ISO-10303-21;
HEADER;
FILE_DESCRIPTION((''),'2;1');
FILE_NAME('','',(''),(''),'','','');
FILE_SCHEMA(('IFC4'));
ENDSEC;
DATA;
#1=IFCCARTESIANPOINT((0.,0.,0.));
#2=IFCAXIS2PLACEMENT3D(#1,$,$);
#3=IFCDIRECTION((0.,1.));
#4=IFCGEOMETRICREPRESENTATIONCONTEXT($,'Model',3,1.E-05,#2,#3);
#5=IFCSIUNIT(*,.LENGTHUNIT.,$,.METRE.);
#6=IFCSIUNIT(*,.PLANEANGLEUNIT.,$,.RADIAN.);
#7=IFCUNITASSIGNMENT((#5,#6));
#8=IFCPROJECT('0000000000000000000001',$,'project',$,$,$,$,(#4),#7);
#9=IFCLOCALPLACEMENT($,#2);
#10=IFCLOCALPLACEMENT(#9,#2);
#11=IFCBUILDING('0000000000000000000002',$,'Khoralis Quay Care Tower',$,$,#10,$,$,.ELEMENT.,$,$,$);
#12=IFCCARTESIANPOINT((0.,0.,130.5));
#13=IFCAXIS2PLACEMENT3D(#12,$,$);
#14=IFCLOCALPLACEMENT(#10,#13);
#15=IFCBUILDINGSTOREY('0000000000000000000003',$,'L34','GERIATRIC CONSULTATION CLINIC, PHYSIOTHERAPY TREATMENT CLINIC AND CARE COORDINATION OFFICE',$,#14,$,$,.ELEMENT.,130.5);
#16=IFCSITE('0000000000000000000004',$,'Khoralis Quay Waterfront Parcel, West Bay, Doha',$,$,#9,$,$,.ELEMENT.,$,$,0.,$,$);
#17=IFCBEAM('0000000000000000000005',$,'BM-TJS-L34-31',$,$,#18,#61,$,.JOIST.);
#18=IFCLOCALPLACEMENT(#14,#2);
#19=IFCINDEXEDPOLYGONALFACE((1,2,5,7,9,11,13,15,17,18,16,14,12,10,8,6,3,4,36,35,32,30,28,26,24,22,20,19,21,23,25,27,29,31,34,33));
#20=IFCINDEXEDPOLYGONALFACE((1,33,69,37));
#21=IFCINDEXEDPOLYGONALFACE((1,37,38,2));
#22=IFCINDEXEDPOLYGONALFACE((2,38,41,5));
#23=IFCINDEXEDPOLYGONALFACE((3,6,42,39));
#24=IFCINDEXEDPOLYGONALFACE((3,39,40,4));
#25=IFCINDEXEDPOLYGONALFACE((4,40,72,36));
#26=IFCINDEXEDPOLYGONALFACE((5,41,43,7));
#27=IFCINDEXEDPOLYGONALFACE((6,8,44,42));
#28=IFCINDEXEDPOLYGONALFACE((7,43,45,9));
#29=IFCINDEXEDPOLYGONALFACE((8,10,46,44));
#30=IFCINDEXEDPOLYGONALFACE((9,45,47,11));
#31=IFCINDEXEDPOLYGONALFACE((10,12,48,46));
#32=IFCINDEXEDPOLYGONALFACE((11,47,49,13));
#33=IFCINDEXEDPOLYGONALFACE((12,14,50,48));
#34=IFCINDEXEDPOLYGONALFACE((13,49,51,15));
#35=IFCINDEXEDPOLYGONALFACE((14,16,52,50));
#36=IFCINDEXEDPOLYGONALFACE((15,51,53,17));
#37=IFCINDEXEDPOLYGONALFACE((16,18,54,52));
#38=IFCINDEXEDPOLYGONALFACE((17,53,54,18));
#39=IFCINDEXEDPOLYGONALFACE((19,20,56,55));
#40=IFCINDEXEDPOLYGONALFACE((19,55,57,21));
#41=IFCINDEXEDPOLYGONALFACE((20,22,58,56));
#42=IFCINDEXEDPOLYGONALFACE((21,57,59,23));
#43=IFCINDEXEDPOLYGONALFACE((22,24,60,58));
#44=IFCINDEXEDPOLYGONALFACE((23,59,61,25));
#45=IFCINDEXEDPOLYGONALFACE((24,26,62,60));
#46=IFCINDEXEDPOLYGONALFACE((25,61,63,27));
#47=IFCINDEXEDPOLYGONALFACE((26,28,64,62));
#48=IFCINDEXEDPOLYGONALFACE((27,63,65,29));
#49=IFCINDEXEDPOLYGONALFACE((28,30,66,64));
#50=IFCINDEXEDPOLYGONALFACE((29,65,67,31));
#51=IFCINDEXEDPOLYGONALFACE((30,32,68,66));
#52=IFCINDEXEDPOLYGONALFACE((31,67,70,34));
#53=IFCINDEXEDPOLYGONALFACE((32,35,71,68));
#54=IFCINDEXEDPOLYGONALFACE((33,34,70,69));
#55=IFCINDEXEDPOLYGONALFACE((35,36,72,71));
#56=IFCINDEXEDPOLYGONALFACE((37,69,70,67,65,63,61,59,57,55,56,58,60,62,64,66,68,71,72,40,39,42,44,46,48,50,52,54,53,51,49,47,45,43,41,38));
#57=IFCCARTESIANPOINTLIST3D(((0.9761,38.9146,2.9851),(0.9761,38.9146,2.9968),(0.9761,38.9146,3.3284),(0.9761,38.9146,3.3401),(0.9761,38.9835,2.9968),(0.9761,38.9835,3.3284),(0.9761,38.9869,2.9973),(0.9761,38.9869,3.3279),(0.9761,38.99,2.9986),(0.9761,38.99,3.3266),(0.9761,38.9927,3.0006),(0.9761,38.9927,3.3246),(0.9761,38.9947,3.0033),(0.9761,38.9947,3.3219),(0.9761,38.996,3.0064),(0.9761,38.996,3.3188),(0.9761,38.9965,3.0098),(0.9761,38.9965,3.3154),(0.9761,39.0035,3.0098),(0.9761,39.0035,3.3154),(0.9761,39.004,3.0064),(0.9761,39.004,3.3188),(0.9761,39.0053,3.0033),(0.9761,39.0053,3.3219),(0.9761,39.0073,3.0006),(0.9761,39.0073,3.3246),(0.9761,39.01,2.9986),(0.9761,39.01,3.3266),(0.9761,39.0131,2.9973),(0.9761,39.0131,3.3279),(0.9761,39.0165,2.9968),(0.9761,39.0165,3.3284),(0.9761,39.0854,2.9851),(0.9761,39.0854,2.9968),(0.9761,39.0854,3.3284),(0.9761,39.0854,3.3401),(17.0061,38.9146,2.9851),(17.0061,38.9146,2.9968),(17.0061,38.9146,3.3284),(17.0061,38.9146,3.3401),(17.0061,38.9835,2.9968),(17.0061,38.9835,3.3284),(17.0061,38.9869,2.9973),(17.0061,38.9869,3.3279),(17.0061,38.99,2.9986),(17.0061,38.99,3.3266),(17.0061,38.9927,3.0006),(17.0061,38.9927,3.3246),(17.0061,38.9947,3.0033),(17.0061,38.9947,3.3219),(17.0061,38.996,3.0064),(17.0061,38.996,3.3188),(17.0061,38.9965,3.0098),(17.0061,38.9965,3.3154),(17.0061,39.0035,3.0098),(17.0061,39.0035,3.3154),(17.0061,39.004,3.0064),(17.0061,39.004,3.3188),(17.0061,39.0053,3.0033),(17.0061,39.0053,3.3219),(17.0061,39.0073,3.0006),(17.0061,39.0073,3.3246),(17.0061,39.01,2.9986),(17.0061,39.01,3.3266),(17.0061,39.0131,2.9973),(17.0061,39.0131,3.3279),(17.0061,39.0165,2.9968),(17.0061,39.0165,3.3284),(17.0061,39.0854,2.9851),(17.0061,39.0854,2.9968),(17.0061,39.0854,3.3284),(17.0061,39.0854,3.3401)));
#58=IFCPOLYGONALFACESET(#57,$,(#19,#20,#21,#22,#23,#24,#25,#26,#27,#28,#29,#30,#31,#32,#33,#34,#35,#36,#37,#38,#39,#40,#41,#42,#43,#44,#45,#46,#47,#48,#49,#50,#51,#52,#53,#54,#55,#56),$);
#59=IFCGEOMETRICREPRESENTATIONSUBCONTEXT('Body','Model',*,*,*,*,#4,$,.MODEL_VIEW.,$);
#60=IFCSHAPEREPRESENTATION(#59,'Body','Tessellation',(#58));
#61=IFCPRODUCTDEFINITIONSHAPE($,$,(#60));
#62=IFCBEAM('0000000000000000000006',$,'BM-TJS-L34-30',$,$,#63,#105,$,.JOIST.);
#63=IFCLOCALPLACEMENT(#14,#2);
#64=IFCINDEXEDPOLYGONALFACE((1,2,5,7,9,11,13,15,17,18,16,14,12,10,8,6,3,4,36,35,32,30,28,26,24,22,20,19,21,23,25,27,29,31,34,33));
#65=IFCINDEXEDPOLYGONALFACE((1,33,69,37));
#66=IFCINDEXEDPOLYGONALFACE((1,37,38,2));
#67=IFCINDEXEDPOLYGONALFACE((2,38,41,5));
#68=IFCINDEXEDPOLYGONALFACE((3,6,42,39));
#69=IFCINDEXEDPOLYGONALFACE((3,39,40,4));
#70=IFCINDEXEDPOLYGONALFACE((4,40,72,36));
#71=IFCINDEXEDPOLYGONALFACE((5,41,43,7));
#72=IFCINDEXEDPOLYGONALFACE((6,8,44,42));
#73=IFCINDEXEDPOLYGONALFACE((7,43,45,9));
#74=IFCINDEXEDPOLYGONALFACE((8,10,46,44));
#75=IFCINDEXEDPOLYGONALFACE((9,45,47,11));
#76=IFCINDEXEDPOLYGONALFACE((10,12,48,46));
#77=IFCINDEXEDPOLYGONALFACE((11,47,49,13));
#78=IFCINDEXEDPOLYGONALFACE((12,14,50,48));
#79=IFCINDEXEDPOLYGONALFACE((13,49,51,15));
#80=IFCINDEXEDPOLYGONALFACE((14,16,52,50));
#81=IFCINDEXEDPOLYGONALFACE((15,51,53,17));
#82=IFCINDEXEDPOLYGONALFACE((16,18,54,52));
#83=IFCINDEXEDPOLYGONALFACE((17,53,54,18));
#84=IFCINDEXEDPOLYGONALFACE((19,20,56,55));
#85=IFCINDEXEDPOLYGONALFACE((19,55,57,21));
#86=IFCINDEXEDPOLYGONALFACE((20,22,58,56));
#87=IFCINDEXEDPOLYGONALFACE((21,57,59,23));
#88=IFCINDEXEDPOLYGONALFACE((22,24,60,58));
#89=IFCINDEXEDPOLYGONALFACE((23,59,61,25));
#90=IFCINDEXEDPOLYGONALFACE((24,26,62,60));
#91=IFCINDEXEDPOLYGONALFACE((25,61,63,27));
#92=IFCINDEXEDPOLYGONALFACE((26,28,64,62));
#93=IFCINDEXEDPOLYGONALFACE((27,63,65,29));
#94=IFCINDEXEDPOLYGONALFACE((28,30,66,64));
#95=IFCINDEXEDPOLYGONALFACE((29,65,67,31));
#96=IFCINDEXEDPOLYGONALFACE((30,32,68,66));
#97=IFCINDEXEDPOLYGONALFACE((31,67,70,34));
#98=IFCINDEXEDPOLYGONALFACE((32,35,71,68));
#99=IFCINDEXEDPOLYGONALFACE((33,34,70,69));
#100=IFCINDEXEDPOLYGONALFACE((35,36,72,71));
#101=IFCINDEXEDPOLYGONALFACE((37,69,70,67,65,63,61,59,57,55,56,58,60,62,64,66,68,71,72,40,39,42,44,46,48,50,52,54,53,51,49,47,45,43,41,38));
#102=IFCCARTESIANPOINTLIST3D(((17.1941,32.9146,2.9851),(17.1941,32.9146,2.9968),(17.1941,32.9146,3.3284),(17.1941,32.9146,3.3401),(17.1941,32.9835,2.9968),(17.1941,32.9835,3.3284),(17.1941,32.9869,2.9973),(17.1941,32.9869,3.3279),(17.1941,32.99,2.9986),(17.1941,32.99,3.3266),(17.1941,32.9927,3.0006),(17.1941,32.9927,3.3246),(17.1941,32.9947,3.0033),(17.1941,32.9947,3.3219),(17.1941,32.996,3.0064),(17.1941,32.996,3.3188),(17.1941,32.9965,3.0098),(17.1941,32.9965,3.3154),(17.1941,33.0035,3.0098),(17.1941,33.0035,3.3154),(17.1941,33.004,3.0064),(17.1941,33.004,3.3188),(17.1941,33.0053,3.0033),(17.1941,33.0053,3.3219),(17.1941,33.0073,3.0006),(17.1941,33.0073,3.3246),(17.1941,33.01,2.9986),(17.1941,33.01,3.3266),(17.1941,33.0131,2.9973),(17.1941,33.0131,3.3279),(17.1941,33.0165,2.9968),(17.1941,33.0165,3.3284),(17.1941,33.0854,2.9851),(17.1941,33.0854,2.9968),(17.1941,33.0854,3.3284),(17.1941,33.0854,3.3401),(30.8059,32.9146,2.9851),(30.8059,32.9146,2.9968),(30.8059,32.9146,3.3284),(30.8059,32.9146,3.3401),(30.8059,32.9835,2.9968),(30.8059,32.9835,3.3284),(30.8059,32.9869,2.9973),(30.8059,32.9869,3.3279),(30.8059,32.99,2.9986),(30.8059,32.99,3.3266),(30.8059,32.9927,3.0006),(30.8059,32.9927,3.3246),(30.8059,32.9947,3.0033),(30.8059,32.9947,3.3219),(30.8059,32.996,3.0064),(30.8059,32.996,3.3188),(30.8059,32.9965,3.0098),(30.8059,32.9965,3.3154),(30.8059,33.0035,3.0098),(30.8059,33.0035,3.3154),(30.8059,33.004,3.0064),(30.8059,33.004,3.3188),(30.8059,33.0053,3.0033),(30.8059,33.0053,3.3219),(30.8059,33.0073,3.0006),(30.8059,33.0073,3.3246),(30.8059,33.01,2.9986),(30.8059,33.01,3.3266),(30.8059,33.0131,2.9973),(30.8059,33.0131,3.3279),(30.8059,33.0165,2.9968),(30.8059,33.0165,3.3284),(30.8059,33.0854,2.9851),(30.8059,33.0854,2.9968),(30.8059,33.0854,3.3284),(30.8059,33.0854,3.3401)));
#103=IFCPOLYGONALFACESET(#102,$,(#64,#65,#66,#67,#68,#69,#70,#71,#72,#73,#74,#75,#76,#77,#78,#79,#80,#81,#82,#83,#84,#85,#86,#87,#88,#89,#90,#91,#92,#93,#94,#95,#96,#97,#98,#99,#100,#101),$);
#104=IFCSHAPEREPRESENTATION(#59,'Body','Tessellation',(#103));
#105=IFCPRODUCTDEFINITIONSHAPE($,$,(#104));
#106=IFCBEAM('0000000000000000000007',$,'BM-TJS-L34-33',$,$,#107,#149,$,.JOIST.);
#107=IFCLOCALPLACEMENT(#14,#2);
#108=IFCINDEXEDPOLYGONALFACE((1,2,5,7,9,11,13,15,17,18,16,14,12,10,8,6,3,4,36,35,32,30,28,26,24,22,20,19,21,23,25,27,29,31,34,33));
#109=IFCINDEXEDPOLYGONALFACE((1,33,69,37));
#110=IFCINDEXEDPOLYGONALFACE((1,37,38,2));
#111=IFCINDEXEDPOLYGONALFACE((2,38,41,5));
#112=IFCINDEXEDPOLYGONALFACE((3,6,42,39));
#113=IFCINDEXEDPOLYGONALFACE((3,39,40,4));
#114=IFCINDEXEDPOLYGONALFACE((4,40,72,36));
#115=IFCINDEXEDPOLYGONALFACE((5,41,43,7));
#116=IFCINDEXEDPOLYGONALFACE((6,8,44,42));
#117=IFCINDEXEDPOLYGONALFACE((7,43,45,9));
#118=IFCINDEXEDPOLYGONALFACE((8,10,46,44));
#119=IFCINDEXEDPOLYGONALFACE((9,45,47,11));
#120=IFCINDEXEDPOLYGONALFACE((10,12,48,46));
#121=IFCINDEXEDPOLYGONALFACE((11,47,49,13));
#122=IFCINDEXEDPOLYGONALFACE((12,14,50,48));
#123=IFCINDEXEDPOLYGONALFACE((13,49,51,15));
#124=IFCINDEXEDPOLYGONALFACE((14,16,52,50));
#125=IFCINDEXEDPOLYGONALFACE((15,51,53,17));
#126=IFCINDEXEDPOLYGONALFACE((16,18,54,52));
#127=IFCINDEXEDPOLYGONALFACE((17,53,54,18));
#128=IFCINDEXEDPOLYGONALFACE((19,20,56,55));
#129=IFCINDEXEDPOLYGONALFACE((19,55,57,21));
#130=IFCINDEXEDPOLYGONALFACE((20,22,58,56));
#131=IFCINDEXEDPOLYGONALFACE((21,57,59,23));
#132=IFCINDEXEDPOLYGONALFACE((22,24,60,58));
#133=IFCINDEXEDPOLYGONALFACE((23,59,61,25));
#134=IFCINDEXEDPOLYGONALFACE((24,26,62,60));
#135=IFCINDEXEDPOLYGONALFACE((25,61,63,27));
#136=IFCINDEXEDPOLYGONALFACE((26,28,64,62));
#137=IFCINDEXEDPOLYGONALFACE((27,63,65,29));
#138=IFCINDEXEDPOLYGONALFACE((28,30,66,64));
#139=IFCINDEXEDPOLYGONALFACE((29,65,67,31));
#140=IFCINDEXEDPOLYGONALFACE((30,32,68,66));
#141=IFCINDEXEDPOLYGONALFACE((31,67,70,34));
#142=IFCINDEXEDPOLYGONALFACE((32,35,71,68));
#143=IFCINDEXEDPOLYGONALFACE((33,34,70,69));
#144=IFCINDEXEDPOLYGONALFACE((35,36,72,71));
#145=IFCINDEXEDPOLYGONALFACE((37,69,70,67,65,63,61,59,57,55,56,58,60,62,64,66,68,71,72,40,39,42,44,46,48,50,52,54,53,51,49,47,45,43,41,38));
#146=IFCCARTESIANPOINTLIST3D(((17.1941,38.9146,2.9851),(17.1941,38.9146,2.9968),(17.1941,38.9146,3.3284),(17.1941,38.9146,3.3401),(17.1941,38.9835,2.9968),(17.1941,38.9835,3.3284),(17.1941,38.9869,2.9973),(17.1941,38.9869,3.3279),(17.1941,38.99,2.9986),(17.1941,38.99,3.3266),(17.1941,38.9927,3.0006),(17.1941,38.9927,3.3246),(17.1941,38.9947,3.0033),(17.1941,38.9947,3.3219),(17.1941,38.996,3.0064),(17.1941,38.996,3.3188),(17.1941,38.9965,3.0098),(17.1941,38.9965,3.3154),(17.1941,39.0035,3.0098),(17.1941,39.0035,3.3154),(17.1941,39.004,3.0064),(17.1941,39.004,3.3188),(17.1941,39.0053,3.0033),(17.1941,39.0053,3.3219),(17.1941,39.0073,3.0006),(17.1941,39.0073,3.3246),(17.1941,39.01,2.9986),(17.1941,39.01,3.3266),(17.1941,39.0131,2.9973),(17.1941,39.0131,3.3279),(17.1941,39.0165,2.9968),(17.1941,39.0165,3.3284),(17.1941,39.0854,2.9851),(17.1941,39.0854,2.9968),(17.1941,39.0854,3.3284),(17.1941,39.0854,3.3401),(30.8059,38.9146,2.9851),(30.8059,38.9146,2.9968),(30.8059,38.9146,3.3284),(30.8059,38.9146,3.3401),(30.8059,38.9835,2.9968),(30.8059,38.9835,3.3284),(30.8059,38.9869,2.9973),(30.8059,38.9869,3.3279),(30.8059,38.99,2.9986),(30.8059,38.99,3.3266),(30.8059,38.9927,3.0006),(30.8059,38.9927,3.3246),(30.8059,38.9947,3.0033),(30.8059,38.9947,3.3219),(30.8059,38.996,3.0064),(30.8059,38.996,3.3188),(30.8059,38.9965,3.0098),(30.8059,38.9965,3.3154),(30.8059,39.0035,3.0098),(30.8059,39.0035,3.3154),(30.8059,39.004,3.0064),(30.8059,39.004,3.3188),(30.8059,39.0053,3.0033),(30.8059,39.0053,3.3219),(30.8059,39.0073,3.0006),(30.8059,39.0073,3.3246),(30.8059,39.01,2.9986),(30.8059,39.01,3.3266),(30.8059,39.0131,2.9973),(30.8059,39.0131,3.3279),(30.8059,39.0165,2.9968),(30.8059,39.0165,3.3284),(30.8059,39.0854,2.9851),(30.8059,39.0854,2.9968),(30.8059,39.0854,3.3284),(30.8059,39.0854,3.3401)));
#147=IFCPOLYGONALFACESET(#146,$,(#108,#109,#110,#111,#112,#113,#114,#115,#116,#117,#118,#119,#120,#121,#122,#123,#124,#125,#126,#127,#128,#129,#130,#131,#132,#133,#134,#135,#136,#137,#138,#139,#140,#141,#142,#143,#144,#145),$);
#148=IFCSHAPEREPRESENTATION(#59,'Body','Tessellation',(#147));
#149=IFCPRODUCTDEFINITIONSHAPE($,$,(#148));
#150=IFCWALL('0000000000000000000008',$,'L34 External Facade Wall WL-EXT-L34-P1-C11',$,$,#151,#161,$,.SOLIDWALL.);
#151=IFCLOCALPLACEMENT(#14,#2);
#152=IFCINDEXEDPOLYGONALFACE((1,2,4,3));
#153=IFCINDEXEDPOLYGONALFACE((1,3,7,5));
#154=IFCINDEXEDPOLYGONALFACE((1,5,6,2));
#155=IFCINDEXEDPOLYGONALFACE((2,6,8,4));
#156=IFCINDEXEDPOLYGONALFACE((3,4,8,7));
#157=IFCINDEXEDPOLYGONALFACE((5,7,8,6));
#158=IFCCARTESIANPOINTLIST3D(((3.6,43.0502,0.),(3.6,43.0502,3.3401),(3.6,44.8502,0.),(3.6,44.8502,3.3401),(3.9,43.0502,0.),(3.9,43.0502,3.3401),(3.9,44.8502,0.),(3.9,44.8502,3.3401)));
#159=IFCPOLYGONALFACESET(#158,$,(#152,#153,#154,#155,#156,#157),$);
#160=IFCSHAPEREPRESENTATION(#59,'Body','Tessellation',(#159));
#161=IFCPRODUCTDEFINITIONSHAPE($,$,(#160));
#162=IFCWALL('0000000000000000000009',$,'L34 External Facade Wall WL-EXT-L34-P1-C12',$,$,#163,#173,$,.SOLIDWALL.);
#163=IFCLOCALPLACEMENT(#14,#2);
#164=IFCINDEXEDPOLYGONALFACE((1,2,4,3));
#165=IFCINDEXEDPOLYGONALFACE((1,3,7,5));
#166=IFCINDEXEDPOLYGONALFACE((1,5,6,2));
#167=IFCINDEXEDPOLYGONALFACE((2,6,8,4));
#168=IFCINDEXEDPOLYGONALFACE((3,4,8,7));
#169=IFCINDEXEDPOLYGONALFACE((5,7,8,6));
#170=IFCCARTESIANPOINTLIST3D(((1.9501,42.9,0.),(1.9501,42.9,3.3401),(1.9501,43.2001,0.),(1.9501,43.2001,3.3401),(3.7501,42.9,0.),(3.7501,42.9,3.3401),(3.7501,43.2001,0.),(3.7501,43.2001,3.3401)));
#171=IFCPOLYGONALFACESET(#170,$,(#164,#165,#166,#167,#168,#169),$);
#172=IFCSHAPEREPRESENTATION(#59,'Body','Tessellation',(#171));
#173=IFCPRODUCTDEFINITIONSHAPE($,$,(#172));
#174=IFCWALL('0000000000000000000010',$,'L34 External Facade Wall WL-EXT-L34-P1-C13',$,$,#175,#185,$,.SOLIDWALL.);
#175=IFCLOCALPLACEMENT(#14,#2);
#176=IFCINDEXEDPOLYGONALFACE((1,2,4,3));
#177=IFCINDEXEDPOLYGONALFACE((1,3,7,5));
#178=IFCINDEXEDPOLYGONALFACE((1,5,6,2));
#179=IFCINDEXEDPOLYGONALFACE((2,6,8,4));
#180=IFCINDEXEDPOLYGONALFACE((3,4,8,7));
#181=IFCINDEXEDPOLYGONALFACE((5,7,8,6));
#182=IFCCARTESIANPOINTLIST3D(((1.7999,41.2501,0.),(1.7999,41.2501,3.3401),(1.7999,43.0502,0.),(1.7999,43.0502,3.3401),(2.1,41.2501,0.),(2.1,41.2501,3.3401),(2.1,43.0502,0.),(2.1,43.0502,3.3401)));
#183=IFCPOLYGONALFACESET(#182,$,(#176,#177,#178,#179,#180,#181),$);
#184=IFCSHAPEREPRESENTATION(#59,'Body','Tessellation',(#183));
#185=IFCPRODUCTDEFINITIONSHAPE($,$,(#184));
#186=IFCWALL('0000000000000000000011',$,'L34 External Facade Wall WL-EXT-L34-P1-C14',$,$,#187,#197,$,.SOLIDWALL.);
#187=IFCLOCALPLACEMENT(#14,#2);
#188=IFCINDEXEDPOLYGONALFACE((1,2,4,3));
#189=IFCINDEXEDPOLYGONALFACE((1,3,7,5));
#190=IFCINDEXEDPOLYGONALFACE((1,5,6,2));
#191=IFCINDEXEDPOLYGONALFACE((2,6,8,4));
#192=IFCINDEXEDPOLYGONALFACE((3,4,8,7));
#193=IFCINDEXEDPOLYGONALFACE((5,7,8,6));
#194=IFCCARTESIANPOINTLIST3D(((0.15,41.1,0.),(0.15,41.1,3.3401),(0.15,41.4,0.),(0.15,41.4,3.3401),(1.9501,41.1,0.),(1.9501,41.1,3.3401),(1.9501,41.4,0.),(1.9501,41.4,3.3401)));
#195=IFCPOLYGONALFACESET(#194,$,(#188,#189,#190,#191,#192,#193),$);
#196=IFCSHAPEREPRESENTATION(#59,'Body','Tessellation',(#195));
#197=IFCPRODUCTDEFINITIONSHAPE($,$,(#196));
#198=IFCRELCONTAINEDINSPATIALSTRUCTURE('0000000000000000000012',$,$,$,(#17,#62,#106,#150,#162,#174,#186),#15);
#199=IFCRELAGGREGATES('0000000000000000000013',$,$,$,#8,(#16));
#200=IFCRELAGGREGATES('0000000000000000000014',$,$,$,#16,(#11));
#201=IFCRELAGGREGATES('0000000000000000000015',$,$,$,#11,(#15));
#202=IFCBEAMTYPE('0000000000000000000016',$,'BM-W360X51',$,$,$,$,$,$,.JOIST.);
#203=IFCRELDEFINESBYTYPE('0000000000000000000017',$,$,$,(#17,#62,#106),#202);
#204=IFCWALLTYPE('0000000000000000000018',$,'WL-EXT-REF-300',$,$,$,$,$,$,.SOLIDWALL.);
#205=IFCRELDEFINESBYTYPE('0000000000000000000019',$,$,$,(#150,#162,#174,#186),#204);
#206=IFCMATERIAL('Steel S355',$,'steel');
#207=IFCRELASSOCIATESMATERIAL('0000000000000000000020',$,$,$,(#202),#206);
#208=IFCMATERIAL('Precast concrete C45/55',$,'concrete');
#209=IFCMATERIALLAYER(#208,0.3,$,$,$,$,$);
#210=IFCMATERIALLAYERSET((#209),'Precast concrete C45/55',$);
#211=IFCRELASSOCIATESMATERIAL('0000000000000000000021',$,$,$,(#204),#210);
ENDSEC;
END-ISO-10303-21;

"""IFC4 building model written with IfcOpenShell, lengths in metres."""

from ifc_helpers import new_model, si_unit, direction, frame, frame_2d, origin, origin_2d, place, context, subcontext, project, spatial, rectangle, i_section, extrude, source, transform, mapped, material, layer, layer_set, material_profile, profile_set, type_object, element, save


model = new_model("IFC4")

# Units and contexts
model_context = context("Model", 3, precision=1e-05, world=origin(), true_north=direction((0.0, 1.0)))
body_context = subcontext(model_context, "Body", "Model", "MODEL_VIEW")
ifc_project = project(units=[si_unit("LENGTHUNIT", "METRE"), si_unit("PLANEANGLEUNIT", "RADIAN")], contexts=[model_context])

# Site, building, storey
site_placement = place(None, origin())
site = spatial("IfcSite", under=ifc_project, at=site_placement, Name="Khoralis Quay Waterfront Parcel, West Bay, Doha", CompositionType="ELEMENT", RefElevation=0.0)
building_placement = place(site_placement, origin())
building = spatial("IfcBuilding", under=site, at=building_placement, Name="Khoralis Quay Care Tower", CompositionType="ELEMENT")
storey_placement = place(building_placement, frame((0.0, 0.0, 130.5)))
storey = spatial("IfcBuildingStorey", under=building, at=storey_placement, Name="L34", Description="GERIATRIC CONSULTATION CLINIC, PHYSIOTHERAPY TREATMENT CLINIC AND CARE COORDINATION OFFICE", CompositionType="ELEMENT", Elevation=130.5)

# Beams
ifc_material_1 = material(Name="Steel S355", Category="steel")
ifc_material_profile_1 = material_profile(ifc_material_1, i_section(OverallWidth=0.1709, OverallDepth=0.355, WebThickness=0.0071, FlangeThickness=0.0117, FilletRadius=0.0129, at=origin_2d()), Name="Steel S355")
ifc_profile_set_1 = profile_set([ifc_material_profile_1], Name="Steel S355")
beam_type_1 = type_object("IfcBeamType", Name="BM-W360X51", PredefinedType="JOIST", material=ifc_profile_set_1)
shared_shape_1 = source(origin(), body_context, "Body", "SweptSolid", [
    extrude(i_section(OverallWidth=0.1709, OverallDepth=0.355, WebThickness=0.0071, FlangeThickness=0.0117, FilletRadius=0.0129, at=origin_2d()), origin(), (0.0, 0.0, 1.0), 16.03),
])
beam_1_placement = place(storey_placement, frame((0.9761, 39.0, 3.1626), z_axis=(1.0, 0.0, 0.0), x_axis=(0.0, 1.0, 0.0)))
element("IfcBeam", 1, at=beam_1_placement, inside=storey, type_object=beam_type_1, Name="BM-TJS-L34-31", PredefinedType="JOIST", context=body_context, shape_type="MappedRepresentation", body=[
    mapped(shared_shape_1, transform((0.0, 0.0, 0.0), scale=1.0)),
])
shared_shape_2 = source(origin(), body_context, "Body", "SweptSolid", [
    extrude(i_section(OverallWidth=0.1709, OverallDepth=0.355, WebThickness=0.0071, FlangeThickness=0.0117, FilletRadius=0.0129, at=origin_2d()), origin(), (0.0, 0.0, 1.0), 13.6118),
])
for number, where, z_axis, x_axis, name in (
    (2, (17.1941, 33.0, 3.1626), (1.0, 0.0, 0.0), (0.0, 1.0, 0.0), "BM-TJS-L34-30"),
    (3, (17.1941, 39.0, 3.1626), (1.0, 0.0, 0.0), (0.0, 1.0, 0.0), "BM-TJS-L34-33"),
):
    element("IfcBeam", number, at=place(storey_placement, frame(where, z_axis=z_axis, x_axis=x_axis)), inside=storey, type_object=beam_type_1, Name=name, PredefinedType="JOIST", context=body_context, shape_type="MappedRepresentation", body=[
        mapped(shared_shape_2, transform((0.0, 0.0, 0.0), scale=1.0)),
    ])

# Walls
ifc_material_2 = material(Name="Precast concrete C45/55", Category="concrete")
ifc_layer = layer(ifc_material_2, 0.3)
ifc_layer_set = layer_set([ifc_layer], Name="Precast concrete C45/55")
wall_type = type_object("IfcWallType", Name="WL-EXT-REF-300", PredefinedType="SOLIDWALL", material=ifc_layer_set)
for number, where, z_axis, x_axis, name in (
    (4, (3.75, 44.8501, 0.0), (0.0, 0.0, 1.0), (0.0, -1.0, 0.0), "L34 External Facade Wall WL-EXT-L34-P1-C11"),
    (5, (3.75, 43.05, 0.0), (0.0, 0.0, 1.0), (-1.0, 0.0, 0.0), "L34 External Facade Wall WL-EXT-L34-P1-C12"),
    (6, (1.95, 43.05, 0.0), (0.0, 0.0, 1.0), (0.0, -1.0, 0.0), "L34 External Facade Wall WL-EXT-L34-P1-C13"),
    (7, (1.95, 41.25, 0.0), (0.0, 0.0, 1.0), (-1.0, 0.0, 0.0), "L34 External Facade Wall WL-EXT-L34-P1-C14"),
):
    element("IfcWall", number, at=place(storey_placement, frame(where, z_axis=z_axis, x_axis=x_axis)), inside=storey, type_object=wall_type, Name=name, PredefinedType="SOLIDWALL", context=body_context, shape_type="SweptSolid", body=[
        extrude(rectangle(XDim=1.8, YDim=0.3, at=frame_2d((0.8999, 0.0))), origin(), (0.0, 0.0, 1.0), 3.3401),
    ])

save(model, "model.ifc")
